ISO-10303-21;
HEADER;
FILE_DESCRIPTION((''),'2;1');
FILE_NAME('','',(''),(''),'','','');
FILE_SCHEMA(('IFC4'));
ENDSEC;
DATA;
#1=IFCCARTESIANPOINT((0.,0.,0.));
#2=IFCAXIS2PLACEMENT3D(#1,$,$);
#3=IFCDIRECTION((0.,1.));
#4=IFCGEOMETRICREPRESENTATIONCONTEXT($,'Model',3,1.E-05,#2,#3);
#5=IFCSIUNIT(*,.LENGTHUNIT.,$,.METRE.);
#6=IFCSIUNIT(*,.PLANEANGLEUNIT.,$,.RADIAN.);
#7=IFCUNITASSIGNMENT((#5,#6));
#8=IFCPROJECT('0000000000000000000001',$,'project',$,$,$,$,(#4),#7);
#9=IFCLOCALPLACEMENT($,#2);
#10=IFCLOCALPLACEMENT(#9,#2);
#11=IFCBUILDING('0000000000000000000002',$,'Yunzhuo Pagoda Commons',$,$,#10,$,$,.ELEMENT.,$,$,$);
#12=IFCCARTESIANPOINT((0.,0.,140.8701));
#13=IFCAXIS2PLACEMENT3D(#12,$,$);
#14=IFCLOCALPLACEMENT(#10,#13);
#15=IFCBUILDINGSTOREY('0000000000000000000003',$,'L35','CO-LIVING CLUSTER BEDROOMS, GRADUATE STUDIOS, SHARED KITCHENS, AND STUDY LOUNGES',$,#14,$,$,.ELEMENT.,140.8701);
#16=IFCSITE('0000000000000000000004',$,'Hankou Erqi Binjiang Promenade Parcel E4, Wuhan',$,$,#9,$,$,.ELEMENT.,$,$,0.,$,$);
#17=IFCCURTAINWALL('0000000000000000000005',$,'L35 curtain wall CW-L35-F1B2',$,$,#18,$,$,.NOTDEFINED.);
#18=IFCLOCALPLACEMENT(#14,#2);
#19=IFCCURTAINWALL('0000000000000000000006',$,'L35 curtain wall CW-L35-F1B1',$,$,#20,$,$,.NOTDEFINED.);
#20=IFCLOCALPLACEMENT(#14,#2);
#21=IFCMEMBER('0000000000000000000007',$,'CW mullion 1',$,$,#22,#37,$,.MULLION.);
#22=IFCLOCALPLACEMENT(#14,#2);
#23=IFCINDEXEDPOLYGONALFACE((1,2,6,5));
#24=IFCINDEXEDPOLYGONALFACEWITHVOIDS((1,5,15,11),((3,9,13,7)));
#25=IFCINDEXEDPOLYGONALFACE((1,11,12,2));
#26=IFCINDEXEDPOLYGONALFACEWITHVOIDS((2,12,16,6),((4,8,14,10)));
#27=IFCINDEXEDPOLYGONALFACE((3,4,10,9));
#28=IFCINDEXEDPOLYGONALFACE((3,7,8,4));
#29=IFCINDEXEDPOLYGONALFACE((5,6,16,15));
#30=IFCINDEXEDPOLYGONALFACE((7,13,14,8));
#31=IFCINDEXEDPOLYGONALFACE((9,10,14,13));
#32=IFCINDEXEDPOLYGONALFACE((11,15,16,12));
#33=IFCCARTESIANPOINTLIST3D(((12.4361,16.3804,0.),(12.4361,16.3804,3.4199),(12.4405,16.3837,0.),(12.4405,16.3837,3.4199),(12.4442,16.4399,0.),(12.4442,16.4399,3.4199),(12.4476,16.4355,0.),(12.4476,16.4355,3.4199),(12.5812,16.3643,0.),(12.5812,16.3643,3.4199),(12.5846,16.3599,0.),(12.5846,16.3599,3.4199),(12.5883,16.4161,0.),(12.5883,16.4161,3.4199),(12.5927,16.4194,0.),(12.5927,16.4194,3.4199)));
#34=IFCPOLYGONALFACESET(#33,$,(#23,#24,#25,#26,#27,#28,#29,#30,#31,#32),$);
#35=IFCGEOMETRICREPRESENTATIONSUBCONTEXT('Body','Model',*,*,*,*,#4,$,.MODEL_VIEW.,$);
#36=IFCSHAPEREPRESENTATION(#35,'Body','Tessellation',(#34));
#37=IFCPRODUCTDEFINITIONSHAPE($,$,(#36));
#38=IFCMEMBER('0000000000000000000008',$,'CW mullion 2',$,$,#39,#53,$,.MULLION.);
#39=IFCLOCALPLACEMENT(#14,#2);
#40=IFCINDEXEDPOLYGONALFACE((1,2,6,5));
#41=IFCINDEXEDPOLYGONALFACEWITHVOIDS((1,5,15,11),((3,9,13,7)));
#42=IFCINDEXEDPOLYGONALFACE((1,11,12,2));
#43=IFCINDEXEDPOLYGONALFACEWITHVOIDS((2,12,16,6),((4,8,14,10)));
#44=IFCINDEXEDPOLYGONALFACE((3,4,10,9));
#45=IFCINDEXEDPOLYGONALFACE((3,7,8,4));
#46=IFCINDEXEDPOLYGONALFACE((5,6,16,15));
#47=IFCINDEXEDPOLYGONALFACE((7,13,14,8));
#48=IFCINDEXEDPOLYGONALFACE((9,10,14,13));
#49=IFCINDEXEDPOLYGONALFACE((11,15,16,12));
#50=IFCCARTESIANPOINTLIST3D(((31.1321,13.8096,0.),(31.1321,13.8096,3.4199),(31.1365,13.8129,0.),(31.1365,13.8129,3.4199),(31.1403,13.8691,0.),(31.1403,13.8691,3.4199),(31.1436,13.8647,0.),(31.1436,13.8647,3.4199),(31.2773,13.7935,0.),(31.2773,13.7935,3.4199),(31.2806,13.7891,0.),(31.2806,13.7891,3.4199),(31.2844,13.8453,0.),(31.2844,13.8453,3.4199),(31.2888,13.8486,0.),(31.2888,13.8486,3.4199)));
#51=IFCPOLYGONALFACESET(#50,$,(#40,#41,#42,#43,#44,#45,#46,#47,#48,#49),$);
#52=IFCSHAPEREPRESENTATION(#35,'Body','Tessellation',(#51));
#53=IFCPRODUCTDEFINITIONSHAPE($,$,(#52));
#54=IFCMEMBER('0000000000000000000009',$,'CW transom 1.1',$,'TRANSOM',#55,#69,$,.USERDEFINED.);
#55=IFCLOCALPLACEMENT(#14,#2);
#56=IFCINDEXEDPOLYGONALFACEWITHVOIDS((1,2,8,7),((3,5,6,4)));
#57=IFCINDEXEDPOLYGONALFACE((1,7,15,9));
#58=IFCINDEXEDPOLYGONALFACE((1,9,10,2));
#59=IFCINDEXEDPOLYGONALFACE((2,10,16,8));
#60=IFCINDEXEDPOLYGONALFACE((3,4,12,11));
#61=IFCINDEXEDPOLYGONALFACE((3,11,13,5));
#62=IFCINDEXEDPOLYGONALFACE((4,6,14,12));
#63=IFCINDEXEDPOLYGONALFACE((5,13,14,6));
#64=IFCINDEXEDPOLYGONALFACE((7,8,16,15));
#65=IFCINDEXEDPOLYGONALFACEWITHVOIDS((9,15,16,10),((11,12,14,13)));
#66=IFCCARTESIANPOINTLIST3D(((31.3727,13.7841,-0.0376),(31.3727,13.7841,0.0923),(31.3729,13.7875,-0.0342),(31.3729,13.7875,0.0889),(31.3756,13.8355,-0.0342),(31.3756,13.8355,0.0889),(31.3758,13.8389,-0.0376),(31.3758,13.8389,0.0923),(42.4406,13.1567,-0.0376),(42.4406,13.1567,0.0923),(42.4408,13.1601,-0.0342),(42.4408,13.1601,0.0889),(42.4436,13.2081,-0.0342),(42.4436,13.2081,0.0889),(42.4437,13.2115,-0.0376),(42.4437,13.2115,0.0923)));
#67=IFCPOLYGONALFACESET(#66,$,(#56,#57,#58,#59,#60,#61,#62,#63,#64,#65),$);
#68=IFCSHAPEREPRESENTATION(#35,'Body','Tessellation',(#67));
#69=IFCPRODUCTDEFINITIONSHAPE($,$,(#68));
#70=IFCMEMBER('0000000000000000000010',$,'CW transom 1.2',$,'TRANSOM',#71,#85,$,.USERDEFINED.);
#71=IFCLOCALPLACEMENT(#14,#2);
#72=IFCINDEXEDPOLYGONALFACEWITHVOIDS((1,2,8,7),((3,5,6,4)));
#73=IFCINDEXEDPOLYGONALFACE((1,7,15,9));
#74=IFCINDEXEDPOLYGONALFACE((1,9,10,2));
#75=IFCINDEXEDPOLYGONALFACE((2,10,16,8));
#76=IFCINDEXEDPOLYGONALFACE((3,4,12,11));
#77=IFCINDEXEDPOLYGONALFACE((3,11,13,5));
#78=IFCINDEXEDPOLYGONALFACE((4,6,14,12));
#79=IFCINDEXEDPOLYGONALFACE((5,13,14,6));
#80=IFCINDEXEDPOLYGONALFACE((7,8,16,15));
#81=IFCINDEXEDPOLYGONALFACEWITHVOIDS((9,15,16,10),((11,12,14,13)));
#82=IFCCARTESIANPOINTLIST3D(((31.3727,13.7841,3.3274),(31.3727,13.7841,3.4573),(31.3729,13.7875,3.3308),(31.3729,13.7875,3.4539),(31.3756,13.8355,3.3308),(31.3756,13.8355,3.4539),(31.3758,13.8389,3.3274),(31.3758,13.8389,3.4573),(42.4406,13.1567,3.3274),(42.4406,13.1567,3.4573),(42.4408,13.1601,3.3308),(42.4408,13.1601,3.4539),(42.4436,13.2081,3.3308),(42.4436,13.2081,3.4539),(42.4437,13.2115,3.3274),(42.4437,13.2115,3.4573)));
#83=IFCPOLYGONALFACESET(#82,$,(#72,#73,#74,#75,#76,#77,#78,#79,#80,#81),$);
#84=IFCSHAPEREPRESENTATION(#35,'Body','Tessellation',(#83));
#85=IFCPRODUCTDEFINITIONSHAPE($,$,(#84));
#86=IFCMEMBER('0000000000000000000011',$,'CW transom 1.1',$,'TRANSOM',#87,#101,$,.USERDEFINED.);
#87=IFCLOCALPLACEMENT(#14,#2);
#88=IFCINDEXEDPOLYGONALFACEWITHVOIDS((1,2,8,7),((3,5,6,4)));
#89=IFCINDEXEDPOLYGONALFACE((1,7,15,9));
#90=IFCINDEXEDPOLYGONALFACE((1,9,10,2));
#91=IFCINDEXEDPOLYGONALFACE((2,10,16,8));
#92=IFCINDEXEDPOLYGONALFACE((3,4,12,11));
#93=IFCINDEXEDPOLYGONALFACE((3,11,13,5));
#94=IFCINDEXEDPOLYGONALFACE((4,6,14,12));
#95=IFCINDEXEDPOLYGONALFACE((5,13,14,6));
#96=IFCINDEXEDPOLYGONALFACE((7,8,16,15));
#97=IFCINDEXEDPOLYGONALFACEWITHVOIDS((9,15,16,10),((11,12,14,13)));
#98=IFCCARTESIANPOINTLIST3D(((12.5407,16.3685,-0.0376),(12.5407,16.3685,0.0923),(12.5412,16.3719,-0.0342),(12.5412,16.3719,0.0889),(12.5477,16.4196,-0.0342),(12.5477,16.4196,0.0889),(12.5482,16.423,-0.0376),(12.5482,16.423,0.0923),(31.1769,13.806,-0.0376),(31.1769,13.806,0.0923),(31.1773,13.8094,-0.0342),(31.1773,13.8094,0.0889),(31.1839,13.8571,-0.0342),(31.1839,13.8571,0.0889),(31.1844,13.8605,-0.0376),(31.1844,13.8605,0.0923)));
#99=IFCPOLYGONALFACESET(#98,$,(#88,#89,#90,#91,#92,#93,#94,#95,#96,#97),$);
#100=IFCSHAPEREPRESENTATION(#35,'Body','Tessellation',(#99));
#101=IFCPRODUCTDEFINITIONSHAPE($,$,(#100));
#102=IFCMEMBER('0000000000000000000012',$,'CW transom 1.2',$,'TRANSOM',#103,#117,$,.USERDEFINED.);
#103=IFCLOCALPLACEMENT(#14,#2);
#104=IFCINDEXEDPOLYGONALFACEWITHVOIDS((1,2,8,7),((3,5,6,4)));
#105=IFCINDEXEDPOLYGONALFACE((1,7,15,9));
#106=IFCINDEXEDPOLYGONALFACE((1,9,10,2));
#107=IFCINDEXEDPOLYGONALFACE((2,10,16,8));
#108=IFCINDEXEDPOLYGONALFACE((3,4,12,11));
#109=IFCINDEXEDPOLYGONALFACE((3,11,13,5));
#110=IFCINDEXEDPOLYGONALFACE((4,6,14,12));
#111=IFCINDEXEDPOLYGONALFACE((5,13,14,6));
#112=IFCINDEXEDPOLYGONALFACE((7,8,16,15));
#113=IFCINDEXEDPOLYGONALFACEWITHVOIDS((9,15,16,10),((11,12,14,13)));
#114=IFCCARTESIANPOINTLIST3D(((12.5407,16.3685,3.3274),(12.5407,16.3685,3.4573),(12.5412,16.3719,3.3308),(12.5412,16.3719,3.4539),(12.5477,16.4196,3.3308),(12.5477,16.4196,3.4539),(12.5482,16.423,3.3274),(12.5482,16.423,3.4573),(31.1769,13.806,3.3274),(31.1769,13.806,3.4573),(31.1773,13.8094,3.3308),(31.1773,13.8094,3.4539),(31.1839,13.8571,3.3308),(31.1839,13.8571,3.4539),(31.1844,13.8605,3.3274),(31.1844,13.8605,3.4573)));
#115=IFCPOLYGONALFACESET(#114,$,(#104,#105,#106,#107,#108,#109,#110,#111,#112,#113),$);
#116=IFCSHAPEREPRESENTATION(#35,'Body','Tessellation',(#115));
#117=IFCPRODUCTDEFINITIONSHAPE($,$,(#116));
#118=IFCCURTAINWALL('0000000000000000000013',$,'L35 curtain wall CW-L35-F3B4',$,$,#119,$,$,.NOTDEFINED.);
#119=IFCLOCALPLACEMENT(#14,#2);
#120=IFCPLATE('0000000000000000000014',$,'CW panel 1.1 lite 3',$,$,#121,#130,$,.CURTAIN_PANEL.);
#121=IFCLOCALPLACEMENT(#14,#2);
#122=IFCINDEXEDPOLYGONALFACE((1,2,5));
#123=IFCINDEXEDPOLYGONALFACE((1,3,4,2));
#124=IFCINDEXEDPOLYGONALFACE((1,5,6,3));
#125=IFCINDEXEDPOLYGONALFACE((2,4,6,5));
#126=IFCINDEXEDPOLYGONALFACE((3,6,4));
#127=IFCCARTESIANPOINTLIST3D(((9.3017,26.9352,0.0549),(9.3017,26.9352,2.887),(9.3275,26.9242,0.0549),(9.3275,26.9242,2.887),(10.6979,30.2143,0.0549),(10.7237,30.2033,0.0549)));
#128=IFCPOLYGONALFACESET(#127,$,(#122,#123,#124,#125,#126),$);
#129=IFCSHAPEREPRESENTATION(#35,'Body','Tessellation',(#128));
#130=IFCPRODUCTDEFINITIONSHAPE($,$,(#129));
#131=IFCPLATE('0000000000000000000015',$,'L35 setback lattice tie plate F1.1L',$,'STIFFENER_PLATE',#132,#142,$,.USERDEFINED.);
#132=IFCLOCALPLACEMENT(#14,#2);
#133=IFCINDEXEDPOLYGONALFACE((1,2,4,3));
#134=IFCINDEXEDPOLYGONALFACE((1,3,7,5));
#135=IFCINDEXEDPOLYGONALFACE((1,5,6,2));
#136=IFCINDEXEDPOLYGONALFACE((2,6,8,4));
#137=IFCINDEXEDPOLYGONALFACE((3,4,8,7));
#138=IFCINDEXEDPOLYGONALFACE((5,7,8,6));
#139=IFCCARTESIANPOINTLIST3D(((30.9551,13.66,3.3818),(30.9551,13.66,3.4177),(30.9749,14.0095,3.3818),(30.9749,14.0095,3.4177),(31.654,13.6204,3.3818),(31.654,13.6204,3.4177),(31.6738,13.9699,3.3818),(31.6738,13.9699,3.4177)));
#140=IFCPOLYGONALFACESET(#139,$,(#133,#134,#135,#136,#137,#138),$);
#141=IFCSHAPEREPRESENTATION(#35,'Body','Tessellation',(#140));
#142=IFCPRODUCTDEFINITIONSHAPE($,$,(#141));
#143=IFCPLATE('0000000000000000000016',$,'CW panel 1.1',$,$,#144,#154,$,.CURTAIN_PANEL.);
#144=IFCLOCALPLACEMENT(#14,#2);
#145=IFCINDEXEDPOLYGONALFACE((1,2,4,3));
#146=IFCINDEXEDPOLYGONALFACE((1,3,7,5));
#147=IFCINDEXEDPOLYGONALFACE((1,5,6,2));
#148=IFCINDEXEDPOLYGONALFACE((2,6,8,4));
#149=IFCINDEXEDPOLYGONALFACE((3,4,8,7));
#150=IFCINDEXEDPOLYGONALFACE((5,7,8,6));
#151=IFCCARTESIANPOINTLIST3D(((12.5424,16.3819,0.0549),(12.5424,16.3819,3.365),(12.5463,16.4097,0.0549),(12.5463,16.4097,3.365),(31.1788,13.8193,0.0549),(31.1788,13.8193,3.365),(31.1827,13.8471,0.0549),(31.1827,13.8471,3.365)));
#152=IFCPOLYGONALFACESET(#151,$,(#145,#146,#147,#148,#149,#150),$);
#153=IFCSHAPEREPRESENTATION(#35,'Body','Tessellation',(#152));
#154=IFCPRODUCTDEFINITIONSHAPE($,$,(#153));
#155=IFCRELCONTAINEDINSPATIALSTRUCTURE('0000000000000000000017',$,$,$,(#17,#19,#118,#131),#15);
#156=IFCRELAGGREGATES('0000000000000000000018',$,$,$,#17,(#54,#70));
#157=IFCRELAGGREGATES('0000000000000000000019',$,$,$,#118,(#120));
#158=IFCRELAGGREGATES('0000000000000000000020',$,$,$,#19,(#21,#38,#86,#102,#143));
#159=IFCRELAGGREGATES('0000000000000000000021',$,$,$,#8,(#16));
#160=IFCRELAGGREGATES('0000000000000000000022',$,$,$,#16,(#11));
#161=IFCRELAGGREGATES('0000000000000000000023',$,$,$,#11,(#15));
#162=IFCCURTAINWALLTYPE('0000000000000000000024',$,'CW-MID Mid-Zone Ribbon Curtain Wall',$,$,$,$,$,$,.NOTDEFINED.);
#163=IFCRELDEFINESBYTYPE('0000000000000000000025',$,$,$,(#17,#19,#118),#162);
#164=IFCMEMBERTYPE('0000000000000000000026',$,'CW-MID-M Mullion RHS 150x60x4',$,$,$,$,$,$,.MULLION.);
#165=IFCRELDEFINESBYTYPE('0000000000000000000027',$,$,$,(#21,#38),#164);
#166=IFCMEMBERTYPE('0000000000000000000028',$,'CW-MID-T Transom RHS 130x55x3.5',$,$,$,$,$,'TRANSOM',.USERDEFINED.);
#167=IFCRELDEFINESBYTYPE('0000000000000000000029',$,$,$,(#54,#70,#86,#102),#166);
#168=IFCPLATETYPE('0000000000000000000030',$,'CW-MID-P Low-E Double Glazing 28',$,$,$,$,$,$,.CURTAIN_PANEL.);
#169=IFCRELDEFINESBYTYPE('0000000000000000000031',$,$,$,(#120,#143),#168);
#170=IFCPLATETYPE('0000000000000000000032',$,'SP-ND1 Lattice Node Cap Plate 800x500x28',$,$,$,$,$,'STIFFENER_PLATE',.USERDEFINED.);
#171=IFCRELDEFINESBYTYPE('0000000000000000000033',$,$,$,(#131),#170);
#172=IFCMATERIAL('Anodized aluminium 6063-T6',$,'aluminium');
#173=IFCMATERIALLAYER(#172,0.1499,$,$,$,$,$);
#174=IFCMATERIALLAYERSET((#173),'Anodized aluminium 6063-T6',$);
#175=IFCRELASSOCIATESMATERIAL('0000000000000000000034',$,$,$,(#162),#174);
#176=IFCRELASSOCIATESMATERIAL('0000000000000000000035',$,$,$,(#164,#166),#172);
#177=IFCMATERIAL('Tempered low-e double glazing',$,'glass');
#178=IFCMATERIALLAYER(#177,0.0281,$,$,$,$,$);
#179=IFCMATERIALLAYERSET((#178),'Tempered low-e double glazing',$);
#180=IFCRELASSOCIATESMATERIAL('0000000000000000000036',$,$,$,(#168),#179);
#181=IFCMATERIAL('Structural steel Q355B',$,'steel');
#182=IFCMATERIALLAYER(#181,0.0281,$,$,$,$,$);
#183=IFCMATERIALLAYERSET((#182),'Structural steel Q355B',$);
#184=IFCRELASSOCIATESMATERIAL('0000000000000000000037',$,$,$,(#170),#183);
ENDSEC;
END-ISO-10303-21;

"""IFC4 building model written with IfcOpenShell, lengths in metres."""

from ifc_helpers import new_model, si_unit, direction, frame, origin, origin_2d, place, context, subcontext, project, spatial, polyline, rectangle, hollow_rectangle, outline, extrude, source, transform, mapped, material, layer, layer_set, material_profile, profile_set, type_object, element, aggregate, save


model = new_model("IFC4")

# Units and contexts
model_context = context("Model", 3, precision=1e-05, world=origin(), true_north=direction((0.0, 1.0)))
body_context = subcontext(model_context, "Body", "Model", "MODEL_VIEW")
ifc_project = project(units=[si_unit("LENGTHUNIT", "METRE"), si_unit("PLANEANGLEUNIT", "RADIAN")], contexts=[model_context])

# Site, building, storey
site_placement = place(None, origin())
site = spatial("IfcSite", under=ifc_project, at=site_placement, Name="Hankou Erqi Binjiang Promenade Parcel E4, Wuhan", CompositionType="ELEMENT", RefElevation=0.0)
building_placement = place(site_placement, origin())
building = spatial("IfcBuilding", under=site, at=building_placement, Name="Yunzhuo Pagoda Commons", CompositionType="ELEMENT")
storey_placement = place(building_placement, frame((0.0, 0.0, 140.8701)))
storey = spatial("IfcBuildingStorey", under=building, at=storey_placement, Name="L35", Description="CO-LIVING CLUSTER BEDROOMS, GRADUATE STUDIOS, SHARED KITCHENS, AND STUDY LOUNGES", CompositionType="ELEMENT", Elevation=140.8701)

# Shared definitions
ifc_material_1 = material(Name="Structural steel Q355B", Category="steel")

# Curtain wall
ifc_material_2 = material(Name="Anodized aluminium 6063-T6", Category="aluminium")
ifc_layer_1 = layer(ifc_material_2, 0.1499)
ifc_layer_set_1 = layer_set([ifc_layer_1], Name="Anodized aluminium 6063-T6")
curtain_wall_type = type_object("IfcCurtainWallType", Name="CW-MID Mid-Zone Ribbon Curtain Wall", PredefinedType="NOTDEFINED", material=ifc_layer_set_1)
curtain_wall_1_placement = place(storey_placement, origin())
curtain_wall_1 = element("IfcCurtainWall", 1, at=curtain_wall_1_placement, inside=storey, type_object=curtain_wall_type, Name="L35 curtain wall CW-L35-F1B2", PredefinedType="NOTDEFINED")
ifc_material_profile_1 = material_profile(ifc_material_2, hollow_rectangle(XDim=0.0601, YDim=0.1499, WallThickness=0.0039, at=origin_2d()), Name="Anodized aluminium 6063-T6")
ifc_profile_set_1 = profile_set([ifc_material_profile_1], Name="Anodized aluminium 6063-T6")
member_type_1 = type_object("IfcMemberType", Name="CW-MID-M Mullion RHS 150x60x4", PredefinedType="MULLION", material=ifc_profile_set_1)
shared_shape_1 = source(origin(), body_context, "Body", "SweptSolid", [
    extrude(hollow_rectangle(XDim=0.0601, YDim=0.1499, WallThickness=0.0039, at=origin_2d()), origin(), (0.0, 0.0, 1.0), 3.4199),
])

# Curtain wall, members
curtain_wall_2_placement = place(storey_placement, origin())
curtain_wall_2 = element("IfcCurtainWall", 2, at=curtain_wall_2_placement, inside=storey, type_object=curtain_wall_type, Name="L35 curtain wall CW-L35-F1B1", PredefinedType="NOTDEFINED")
member_1_placement = place(storey_placement, frame((12.5144, 16.3999, 0.0), z_axis=(0.0, 0.0, 1.0), x_axis=(0.136221, 0.990679, 0.0)))
member_1 = element("IfcMember", 3, at=member_1_placement, type_object=member_type_1, Name="CW mullion 1", PredefinedType="MULLION", context=body_context, shape_type="MappedRepresentation", body=[
    mapped(shared_shape_1, transform((0.0, 0.0, 0.0), scale=1.0)),
])
member_2_placement = place(storey_placement, frame((31.2104, 13.8291, 0.0), z_axis=(0.0, 0.0, 1.0), x_axis=(0.136221, 0.990679, 0.0)))
member_2 = element("IfcMember", 4, at=member_2_placement, type_object=member_type_1, Name="CW mullion 2", PredefinedType="MULLION", context=body_context, shape_type="MappedRepresentation", body=[
    mapped(shared_shape_1, transform((0.0, 0.0, 0.0), scale=1.0)),
])

# Members
ifc_material_profile_2 = material_profile(ifc_material_2, hollow_rectangle(XDim=0.0549, YDim=0.1299, WallThickness=0.0034, at=origin_2d()), Name="Anodized aluminium 6063-T6")
ifc_profile_set_2 = profile_set([ifc_material_profile_2], Name="Anodized aluminium 6063-T6")
member_type_2 = type_object("IfcMemberType", Name="CW-MID-T Transom RHS 130x55x3.5", ElementType="TRANSOM", PredefinedType="USERDEFINED", material=ifc_profile_set_2)
shared_shape_2 = source(origin(), body_context, "Body", "SweptSolid", [
    extrude(hollow_rectangle(XDim=0.0549, YDim=0.1299, WallThickness=0.0034, at=origin_2d()), origin(), (0.0, 0.0, 1.0), 11.0857),
])
member_3_placement = place(storey_placement, frame((31.3743, 13.8115, 0.0273), z_axis=(0.998397, -0.056599, 0.0), x_axis=(0.056599, 0.998397, 0.0)))
member_3 = element("IfcMember", 5, at=member_3_placement, type_object=member_type_2, Name="CW transom 1.1", ObjectType="TRANSOM", PredefinedType="USERDEFINED", context=body_context, shape_type="MappedRepresentation", body=[
    mapped(shared_shape_2, transform((0.0, 0.0, 0.0), scale=1.0)),
])
member_4_placement = place(storey_placement, frame((31.3743, 13.8115, 3.3923), z_axis=(0.998397, -0.056599, 0.0), x_axis=(0.056599, 0.998397, 0.0)))
member_4 = element("IfcMember", 6, at=member_4_placement, type_object=member_type_2, Name="CW transom 1.2", ObjectType="TRANSOM", PredefinedType="USERDEFINED", context=body_context, shape_type="MappedRepresentation", body=[
    mapped(shared_shape_2, transform((0.0, 0.0, 0.0), scale=1.0)),
])
aggregate(curtain_wall_1, [member_3, member_4])
shared_shape_3 = source(origin(), body_context, "Body", "SweptSolid", [
    extrude(hollow_rectangle(XDim=0.0549, YDim=0.1299, WallThickness=0.0034, at=origin_2d()), origin(), (0.0, 0.0, 1.0), 18.8115),
])
member_5_placement = place(storey_placement, frame((12.5444, 16.3958, 0.0273), z_axis=(0.990679, -0.136219, 0.0), x_axis=(0.136219, 0.990679, 0.0)))
member_5 = element("IfcMember", 7, at=member_5_placement, type_object=member_type_2, Name="CW transom 1.1", ObjectType="TRANSOM", PredefinedType="USERDEFINED", context=body_context, shape_type="MappedRepresentation", body=[
    mapped(shared_shape_3, transform((0.0, 0.0, 0.0), scale=1.0)),
])
member_6_placement = place(storey_placement, frame((12.5444, 16.3958, 3.3923), z_axis=(0.990679, -0.136219, 0.0), x_axis=(0.136219, 0.990679, 0.0)))
member_6 = element("IfcMember", 8, at=member_6_placement, type_object=member_type_2, Name="CW transom 1.2", ObjectType="TRANSOM", PredefinedType="USERDEFINED", context=body_context, shape_type="MappedRepresentation", body=[
    mapped(shared_shape_3, transform((0.0, 0.0, 0.0), scale=1.0)),
])

# Curtain wall, plate
curtain_wall_3_placement = place(storey_placement, origin())
curtain_wall_3 = element("IfcCurtainWall", 9, at=curtain_wall_3_placement, inside=storey, type_object=curtain_wall_type, Name="L35 curtain wall CW-L35-F3B4", PredefinedType="NOTDEFINED")
ifc_material_3 = material(Name="Tempered low-e double glazing", Category="glass")
ifc_layer_2 = layer(ifc_material_3, 0.0281)
ifc_layer_set_2 = layer_set([ifc_layer_2], Name="Tempered low-e double glazing")
plate_type_1 = type_object("IfcPlateType", Name="CW-MID-P Low-E Double Glazing 28", PredefinedType="CURTAIN_PANEL", material=ifc_layer_set_2)
plate_1_placement = place(storey_placement, frame((10.0256, 28.5637, 1.4709), z_axis=(-0.920072, 0.391749, 0.0), x_axis=(-0.391749, -0.920072, 0.0)))
plate_1 = element("IfcPlate", 10, at=plate_1_placement, type_object=plate_type_1, Name="CW panel 1.1 lite 3", PredefinedType="CURTAIN_PANEL", context=body_context, shape_type="SweptSolid", body=[
    extrude(outline(polyline([(-1.782, -1.416), (1.782, -1.416), (1.782, 1.416), (-1.782, -1.416)])), origin(), (0.0, 0.0, 1.0), 0.0281),
])
aggregate(curtain_wall_3, [plate_1])

# Plates
ifc_layer_3 = layer(ifc_material_1, 0.0281)
ifc_layer_set_3 = layer_set([ifc_layer_3], Name="Structural steel Q355B")
plate_type_2 = type_object("IfcPlateType", Name="SP-ND1 Lattice Node Cap Plate 800x500x28", ElementType="STIFFENER_PLATE", PredefinedType="USERDEFINED", material=ifc_layer_set_3)
shared_shape_4 = source(origin(), body_context, "Body", "SweptSolid", [
    extrude(rectangle(XDim=0.7, YDim=0.3501, at=origin_2d()), origin(), (0.0, 0.0, 1.0), 0.0359),
])
plate_2_placement = place(storey_placement, frame((31.3145, 13.8149, 3.3818), z_axis=(0.0, 0.0, 1.0), x_axis=(0.998397, -0.056606, 0.0)))
element("IfcPlate", 11, at=plate_2_placement, inside=storey, type_object=plate_type_2, Name="L35 setback lattice tie plate F1.1L", ObjectType="STIFFENER_PLATE", PredefinedType="USERDEFINED", context=body_context, shape_type="MappedRepresentation", body=[
    mapped(shared_shape_4, transform((0.0, 0.0, 0.0), scale=1.0)),
])
shared_shape_5 = source(origin(), body_context, "Body", "SweptSolid", [
    extrude(rectangle(XDim=18.8118, YDim=0.0281, at=origin_2d()), origin(), (0.0, 0.0, 1.0), 3.3101),
])
plate_3_placement = place(storey_placement, frame((21.8625, 15.1145, 0.0549), z_axis=(0.0, 0.0, 1.0), x_axis=(0.990679, -0.136221, 0.0)))
plate_3 = element("IfcPlate", 12, at=plate_3_placement, type_object=plate_type_1, Name="CW panel 1.1", PredefinedType="CURTAIN_PANEL", context=body_context, shape_type="MappedRepresentation", body=[
    mapped(shared_shape_5, transform((0.0, 0.0, 0.0), scale=1.0)),
])
aggregate(curtain_wall_2, [member_1, member_2, member_5, member_6, plate_3])

save(model, "model.ifc")
